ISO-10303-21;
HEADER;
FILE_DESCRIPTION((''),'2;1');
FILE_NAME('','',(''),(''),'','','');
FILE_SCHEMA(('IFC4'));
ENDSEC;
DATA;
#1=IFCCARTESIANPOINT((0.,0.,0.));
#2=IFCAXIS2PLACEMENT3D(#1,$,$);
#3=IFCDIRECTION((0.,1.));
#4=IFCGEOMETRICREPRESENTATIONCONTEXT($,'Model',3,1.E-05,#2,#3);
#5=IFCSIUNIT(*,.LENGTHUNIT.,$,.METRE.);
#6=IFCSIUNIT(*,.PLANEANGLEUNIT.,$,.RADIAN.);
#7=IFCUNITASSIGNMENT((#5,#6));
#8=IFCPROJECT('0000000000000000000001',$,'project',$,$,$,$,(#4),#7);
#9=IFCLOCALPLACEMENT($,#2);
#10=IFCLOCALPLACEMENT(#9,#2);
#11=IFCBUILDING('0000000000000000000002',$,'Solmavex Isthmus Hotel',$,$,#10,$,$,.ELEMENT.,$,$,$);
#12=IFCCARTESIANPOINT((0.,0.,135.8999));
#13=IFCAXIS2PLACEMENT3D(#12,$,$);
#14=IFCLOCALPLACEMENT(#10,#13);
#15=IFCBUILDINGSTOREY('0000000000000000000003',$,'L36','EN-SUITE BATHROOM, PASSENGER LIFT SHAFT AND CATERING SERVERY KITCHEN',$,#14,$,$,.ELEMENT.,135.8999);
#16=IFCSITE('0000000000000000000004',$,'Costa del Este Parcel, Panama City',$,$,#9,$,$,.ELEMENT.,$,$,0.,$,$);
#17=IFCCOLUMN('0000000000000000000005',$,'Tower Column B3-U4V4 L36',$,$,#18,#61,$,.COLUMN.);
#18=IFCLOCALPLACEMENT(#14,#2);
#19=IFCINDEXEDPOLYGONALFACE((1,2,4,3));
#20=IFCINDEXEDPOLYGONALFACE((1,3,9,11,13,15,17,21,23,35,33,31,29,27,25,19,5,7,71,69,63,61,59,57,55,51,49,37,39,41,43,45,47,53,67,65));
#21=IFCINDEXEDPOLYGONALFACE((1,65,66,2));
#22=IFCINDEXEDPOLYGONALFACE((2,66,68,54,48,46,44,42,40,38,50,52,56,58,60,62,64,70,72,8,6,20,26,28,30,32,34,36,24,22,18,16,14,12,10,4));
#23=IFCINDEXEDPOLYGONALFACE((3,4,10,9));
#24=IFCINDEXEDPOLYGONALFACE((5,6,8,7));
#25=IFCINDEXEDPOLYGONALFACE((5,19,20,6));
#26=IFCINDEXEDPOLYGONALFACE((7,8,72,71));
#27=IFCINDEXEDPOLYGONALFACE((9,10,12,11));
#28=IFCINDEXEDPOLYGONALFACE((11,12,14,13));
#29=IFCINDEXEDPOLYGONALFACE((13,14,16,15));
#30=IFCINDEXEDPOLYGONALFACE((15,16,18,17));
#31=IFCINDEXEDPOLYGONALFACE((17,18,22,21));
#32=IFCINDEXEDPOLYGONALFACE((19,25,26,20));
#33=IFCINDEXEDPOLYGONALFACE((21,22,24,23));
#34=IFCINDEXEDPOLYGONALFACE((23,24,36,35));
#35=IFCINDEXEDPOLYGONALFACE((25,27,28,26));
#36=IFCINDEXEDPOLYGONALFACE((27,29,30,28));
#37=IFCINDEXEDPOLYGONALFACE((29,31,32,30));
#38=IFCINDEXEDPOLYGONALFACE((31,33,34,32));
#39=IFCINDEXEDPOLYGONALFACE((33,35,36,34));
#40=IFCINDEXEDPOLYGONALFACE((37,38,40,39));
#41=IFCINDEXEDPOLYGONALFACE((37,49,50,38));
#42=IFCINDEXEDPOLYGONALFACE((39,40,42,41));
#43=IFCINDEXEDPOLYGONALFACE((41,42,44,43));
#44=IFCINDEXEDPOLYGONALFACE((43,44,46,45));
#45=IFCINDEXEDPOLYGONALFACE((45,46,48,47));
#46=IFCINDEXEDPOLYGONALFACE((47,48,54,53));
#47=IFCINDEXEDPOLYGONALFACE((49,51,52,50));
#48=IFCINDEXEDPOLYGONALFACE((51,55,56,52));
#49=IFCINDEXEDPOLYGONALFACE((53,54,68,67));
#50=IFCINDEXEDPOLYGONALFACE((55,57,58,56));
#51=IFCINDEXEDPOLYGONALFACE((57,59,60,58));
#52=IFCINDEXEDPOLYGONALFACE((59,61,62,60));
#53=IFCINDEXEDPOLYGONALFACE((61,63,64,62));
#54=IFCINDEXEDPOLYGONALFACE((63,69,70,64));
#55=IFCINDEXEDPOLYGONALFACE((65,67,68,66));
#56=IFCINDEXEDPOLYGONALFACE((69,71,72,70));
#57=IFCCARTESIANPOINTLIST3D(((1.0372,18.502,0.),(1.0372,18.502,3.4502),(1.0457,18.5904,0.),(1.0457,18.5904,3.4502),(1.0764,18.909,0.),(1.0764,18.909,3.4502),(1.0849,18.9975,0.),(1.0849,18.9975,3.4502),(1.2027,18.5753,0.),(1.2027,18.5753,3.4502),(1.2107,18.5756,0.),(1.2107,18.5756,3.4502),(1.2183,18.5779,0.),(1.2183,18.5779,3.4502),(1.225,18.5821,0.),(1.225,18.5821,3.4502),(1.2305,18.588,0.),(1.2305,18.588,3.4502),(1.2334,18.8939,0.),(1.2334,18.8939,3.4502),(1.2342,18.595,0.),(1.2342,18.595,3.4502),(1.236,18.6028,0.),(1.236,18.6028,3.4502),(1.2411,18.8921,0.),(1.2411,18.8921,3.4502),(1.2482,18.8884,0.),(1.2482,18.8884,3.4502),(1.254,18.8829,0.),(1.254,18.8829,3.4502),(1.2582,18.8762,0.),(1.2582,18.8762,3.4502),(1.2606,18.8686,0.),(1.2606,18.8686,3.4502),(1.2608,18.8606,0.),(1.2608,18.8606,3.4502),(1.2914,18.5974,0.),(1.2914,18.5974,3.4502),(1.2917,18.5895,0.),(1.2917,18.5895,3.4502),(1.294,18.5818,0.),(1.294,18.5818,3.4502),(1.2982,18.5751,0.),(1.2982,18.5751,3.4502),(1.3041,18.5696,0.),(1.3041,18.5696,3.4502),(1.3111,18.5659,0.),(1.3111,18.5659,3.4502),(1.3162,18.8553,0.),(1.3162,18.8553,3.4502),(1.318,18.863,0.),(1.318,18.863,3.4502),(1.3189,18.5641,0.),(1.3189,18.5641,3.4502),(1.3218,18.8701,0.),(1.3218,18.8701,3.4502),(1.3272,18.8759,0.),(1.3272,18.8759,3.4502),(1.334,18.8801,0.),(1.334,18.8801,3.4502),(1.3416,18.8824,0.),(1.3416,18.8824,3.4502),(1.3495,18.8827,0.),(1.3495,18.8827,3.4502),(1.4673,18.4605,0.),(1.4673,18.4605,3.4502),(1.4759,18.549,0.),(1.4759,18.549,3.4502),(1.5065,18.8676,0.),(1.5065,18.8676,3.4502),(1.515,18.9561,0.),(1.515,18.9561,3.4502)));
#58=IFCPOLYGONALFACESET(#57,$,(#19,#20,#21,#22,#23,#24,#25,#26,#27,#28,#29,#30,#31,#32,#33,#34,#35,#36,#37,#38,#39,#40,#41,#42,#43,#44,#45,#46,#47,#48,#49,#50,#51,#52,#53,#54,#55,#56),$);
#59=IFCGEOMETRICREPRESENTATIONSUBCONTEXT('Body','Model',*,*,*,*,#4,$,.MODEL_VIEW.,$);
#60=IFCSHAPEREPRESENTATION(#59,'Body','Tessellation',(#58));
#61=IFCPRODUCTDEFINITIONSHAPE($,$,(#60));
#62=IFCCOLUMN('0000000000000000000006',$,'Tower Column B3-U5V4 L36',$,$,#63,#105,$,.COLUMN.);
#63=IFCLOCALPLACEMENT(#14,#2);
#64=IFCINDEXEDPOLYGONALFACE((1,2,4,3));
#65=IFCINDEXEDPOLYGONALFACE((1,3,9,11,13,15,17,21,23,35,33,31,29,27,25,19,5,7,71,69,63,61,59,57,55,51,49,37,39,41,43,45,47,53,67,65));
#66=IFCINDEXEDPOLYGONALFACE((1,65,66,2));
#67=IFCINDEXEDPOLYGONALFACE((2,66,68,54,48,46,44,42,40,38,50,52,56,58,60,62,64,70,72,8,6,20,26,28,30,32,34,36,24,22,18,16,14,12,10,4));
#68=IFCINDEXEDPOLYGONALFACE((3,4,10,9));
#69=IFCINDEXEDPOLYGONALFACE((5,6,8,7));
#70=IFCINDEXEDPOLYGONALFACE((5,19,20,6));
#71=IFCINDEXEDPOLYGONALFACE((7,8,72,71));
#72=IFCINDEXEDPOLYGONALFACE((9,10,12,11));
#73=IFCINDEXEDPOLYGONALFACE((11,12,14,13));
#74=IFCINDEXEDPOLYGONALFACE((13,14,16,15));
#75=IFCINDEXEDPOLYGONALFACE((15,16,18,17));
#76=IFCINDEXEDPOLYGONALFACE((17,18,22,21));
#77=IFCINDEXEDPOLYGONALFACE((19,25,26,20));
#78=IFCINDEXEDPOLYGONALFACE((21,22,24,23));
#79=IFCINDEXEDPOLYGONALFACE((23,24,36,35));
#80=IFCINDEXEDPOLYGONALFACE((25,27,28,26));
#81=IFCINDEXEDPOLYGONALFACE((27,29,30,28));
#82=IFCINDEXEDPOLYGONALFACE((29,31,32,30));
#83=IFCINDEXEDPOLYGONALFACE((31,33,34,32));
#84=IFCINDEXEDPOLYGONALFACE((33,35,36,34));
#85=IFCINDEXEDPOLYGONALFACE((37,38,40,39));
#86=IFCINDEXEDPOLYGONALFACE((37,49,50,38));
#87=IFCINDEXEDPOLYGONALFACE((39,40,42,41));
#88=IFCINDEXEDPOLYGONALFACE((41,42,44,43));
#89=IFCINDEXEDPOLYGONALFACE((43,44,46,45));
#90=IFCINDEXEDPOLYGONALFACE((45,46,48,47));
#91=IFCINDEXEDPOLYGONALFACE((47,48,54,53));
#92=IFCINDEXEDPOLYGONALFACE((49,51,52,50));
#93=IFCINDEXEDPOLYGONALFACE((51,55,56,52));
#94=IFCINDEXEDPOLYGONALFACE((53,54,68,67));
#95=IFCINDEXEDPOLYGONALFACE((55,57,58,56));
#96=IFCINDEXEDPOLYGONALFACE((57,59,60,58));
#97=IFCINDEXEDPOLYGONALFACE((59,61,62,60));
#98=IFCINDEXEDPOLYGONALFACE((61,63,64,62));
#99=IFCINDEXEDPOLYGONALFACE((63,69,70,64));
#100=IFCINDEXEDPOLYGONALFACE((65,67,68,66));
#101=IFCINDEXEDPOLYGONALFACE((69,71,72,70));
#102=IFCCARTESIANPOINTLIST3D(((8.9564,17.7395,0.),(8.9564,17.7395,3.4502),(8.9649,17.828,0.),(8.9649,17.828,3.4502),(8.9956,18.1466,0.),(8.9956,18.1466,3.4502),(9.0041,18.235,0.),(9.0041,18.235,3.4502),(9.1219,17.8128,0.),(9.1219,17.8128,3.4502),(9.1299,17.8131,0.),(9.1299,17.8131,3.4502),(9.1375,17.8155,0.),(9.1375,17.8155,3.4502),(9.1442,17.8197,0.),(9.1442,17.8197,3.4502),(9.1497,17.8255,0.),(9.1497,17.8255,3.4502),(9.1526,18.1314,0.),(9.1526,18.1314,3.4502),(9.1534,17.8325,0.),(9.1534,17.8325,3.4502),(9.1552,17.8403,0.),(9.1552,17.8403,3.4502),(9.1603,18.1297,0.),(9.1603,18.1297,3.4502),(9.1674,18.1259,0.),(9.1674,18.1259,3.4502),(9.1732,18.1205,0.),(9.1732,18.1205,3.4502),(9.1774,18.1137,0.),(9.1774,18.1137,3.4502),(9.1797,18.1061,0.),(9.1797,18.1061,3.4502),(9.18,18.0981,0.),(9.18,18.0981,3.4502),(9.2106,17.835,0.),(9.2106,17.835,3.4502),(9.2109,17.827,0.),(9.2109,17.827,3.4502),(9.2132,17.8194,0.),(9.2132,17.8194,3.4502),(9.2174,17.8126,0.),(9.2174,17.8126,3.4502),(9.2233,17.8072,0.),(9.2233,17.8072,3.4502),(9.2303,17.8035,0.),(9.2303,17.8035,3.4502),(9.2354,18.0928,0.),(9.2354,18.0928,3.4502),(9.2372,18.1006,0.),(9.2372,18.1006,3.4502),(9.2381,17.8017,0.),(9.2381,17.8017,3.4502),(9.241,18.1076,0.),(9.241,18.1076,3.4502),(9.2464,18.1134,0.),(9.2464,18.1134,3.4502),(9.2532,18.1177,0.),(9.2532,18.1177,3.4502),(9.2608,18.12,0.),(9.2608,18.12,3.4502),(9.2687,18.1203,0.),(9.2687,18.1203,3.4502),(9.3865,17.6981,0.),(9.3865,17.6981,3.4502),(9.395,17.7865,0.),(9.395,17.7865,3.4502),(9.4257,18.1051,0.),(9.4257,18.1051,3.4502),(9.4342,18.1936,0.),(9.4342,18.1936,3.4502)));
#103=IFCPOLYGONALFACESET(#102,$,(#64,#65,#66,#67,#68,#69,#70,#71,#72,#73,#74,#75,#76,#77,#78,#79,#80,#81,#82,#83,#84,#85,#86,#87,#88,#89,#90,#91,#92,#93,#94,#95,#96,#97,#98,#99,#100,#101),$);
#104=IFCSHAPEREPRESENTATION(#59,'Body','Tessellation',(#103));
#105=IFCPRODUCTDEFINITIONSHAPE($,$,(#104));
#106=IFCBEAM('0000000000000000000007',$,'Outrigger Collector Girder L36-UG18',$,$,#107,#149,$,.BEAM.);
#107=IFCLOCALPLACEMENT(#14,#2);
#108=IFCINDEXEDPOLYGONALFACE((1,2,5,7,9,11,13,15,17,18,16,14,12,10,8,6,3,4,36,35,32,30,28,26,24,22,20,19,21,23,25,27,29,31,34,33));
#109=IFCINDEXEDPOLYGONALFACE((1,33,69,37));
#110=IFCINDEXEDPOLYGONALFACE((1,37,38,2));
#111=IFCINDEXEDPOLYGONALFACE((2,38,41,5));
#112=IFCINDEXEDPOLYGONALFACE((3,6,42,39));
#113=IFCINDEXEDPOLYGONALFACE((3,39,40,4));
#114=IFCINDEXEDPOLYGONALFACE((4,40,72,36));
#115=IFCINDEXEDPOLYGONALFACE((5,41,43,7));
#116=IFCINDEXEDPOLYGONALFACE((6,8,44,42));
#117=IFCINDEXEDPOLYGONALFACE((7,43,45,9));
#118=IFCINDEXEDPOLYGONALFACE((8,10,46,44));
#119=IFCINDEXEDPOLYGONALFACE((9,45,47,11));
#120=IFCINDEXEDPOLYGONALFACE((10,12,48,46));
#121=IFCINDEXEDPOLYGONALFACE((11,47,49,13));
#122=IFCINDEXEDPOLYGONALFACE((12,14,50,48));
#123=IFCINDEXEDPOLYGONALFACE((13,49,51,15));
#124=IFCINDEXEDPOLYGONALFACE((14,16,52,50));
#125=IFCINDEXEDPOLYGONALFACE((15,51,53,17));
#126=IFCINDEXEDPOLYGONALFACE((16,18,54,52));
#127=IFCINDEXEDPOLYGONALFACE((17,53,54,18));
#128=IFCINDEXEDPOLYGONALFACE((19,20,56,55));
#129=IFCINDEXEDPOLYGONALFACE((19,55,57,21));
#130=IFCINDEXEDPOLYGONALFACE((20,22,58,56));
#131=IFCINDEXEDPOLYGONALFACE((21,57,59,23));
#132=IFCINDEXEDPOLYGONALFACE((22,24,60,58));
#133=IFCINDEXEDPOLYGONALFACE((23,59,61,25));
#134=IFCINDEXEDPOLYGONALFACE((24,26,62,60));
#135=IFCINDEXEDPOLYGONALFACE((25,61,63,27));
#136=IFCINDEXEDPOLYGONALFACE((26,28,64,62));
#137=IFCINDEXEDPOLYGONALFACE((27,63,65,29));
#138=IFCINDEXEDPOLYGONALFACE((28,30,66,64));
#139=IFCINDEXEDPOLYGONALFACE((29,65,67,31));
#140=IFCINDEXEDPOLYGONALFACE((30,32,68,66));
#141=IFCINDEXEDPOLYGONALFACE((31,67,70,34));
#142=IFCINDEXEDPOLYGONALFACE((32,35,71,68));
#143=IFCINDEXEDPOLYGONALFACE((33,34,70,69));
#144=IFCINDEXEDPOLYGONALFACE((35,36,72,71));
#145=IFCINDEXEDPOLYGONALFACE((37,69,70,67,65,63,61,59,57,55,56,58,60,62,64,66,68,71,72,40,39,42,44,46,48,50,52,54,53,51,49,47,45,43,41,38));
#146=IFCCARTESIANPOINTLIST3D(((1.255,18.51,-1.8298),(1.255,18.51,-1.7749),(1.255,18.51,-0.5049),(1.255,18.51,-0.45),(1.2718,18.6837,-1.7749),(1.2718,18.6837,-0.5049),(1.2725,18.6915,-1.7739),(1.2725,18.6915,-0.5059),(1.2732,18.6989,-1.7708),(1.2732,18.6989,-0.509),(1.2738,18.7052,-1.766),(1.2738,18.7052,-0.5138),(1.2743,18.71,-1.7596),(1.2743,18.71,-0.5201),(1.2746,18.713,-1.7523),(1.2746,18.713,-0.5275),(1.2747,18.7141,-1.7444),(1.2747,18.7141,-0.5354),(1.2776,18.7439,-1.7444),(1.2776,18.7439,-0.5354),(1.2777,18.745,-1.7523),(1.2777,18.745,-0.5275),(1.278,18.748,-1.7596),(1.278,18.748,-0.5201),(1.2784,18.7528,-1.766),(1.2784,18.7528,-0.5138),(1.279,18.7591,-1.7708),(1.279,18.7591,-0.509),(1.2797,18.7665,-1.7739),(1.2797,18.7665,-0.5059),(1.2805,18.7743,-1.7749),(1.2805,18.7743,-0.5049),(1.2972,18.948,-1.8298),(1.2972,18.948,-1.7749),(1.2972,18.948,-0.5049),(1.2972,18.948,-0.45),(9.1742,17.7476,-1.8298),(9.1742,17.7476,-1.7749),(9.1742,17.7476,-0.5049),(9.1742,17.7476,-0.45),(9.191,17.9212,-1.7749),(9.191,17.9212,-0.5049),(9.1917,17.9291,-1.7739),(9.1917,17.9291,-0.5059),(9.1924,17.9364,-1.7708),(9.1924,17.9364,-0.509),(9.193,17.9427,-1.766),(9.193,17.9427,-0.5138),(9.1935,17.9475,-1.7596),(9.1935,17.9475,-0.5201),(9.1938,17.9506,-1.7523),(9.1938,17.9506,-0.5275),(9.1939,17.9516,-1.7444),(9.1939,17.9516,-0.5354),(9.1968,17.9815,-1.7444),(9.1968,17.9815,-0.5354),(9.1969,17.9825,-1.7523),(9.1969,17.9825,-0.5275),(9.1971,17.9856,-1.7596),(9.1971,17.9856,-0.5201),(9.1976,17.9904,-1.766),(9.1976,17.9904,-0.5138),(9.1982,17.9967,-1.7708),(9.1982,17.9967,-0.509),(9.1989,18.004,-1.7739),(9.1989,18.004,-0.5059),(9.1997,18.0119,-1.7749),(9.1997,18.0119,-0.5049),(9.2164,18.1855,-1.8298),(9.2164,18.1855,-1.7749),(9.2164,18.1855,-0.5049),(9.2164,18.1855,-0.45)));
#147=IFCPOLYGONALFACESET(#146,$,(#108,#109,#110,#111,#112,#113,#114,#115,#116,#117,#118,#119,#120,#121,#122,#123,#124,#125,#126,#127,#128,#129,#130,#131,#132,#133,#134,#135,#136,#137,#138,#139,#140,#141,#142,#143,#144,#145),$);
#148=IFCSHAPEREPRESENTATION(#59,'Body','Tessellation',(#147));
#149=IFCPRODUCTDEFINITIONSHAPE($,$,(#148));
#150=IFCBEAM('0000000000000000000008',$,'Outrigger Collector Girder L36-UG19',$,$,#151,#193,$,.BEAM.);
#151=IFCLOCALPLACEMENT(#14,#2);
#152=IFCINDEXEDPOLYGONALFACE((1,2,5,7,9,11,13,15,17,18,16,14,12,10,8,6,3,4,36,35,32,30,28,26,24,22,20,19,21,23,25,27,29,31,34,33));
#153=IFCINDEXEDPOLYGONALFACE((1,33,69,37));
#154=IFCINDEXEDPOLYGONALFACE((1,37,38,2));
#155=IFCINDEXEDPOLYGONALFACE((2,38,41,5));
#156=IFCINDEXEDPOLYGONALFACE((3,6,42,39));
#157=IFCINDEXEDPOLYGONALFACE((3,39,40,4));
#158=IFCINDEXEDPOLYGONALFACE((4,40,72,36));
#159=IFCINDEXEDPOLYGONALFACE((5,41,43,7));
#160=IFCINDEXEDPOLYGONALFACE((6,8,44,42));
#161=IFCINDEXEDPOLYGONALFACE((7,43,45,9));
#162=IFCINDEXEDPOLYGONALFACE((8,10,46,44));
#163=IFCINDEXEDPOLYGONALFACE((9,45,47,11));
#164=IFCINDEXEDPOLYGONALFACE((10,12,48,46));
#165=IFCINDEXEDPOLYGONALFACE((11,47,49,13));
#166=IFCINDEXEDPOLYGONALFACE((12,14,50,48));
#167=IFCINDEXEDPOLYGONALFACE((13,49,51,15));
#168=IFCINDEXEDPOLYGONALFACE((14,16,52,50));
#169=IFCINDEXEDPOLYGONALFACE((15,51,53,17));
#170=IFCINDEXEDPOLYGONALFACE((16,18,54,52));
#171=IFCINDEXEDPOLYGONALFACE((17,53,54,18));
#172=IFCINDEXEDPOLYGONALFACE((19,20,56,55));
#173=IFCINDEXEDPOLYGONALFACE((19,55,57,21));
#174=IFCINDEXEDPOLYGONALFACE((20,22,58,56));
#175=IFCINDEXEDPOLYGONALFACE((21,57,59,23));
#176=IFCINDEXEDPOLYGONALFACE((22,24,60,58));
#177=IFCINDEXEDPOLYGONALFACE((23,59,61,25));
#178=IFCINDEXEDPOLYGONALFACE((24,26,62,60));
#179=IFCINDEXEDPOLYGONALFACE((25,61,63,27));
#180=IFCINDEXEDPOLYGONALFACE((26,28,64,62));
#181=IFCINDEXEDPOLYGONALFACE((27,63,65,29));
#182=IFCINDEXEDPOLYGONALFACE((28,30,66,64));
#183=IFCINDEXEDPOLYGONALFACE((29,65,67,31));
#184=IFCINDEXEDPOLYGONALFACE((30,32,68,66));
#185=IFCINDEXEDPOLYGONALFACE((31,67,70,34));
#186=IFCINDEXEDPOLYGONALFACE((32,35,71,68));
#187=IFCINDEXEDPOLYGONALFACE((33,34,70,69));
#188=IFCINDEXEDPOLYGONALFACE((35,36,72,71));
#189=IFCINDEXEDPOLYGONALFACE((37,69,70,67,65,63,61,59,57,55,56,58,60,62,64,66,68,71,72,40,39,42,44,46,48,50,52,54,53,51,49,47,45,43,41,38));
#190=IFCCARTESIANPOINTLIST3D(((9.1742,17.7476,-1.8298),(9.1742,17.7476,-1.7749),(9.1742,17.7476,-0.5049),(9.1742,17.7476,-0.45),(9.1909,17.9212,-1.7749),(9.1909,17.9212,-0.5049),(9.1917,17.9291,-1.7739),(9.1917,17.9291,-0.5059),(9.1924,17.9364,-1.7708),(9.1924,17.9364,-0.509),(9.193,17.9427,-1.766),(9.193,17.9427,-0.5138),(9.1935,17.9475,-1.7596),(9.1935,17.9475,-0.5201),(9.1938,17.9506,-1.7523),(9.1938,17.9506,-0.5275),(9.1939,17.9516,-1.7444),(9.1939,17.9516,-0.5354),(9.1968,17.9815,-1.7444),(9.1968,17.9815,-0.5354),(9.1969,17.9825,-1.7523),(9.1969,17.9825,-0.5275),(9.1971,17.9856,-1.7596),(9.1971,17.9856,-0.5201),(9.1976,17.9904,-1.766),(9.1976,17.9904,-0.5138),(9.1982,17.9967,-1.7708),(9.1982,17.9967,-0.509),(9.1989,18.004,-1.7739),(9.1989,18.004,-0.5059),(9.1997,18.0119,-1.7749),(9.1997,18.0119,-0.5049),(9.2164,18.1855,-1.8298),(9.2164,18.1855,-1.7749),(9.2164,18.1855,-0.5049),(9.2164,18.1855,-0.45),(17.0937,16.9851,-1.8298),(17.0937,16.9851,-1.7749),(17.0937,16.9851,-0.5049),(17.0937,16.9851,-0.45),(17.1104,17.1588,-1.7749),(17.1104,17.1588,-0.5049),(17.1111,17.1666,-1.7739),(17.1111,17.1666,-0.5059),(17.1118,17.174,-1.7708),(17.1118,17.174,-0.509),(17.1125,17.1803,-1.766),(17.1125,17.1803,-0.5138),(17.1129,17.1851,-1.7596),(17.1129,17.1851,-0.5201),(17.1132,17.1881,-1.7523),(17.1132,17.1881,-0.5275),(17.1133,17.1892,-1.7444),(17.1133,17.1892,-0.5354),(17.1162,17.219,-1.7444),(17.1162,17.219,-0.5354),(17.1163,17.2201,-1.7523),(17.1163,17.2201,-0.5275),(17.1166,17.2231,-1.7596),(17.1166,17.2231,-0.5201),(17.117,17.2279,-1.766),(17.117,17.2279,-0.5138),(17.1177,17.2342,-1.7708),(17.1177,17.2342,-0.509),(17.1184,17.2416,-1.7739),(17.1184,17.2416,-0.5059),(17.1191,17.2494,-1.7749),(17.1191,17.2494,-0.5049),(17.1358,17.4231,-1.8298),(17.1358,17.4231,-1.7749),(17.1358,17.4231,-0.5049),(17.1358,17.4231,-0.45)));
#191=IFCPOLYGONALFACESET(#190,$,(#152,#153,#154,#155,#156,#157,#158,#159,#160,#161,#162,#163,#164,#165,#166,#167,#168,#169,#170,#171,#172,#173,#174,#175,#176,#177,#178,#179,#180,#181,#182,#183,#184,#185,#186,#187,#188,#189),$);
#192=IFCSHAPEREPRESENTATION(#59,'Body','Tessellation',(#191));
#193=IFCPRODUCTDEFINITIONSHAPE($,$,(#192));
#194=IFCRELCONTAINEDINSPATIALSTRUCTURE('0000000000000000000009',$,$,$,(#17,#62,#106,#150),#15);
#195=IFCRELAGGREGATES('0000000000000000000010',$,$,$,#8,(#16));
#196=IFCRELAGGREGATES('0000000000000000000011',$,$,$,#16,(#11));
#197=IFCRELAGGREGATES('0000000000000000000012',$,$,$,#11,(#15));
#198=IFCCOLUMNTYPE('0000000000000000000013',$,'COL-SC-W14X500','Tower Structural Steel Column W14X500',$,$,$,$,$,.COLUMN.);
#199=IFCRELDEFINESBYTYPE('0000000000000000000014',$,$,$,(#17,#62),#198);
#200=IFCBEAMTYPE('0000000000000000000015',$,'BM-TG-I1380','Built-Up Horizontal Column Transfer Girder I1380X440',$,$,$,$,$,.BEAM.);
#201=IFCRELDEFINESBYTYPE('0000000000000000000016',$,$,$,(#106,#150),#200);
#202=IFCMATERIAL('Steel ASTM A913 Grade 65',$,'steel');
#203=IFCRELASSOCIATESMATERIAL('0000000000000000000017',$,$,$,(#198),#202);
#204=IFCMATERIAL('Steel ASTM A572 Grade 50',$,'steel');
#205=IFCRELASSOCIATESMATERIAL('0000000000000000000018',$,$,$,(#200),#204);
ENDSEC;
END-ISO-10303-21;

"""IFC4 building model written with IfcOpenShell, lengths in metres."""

from ifc_helpers import new_model, si_unit, direction, frame, origin, origin_2d, place, context, subcontext, project, spatial, i_section, extrude, material, material_profile, profile_set, type_object, element, save


model = new_model("IFC4")

# Units and contexts
model_context = context("Model", 3, precision=1e-05, world=origin(), true_north=direction((0.0, 1.0)))
body_context = subcontext(model_context, "Body", "Model", "MODEL_VIEW")
ifc_project = project(units=[si_unit("LENGTHUNIT", "METRE"), si_unit("PLANEANGLEUNIT", "RADIAN")], contexts=[model_context])

# Site, building, storey
site_placement = place(None, origin())
site = spatial("IfcSite", under=ifc_project, at=site_placement, Name="Costa del Este Parcel, Panama City", CompositionType="ELEMENT", RefElevation=0.0)
building_placement = place(site_placement, origin())
building = spatial("IfcBuilding", under=site, at=building_placement, Name="Solmavex Isthmus Hotel", CompositionType="ELEMENT")
storey_placement = place(building_placement, frame((0.0, 0.0, 135.8999)))
storey = spatial("IfcBuildingStorey", under=building, at=storey_placement, Name="L36", Description="EN-SUITE BATHROOM, PASSENGER LIFT SHAFT AND CATERING SERVERY KITCHEN", CompositionType="ELEMENT", Elevation=135.8999)

# Columns
ifc_material_1 = material(Name="Steel ASTM A913 Grade 65", Category="steel")
ifc_material_profile_1 = material_profile(ifc_material_1, i_section(OverallWidth=0.4321, OverallDepth=0.4978, WebThickness=0.0557, FlangeThickness=0.0889, FilletRadius=0.0305, at=origin_2d()), Name="W14X500")
ifc_profile_set_1 = profile_set([ifc_material_profile_1], Name="Steel ASTM A913 Grade 65")
column_type = type_object("IfcColumnType", Name="COL-SC-W14X500", Description="Tower Structural Steel Column W14X500", PredefinedType="COLUMN", material=ifc_profile_set_1)
for number, where, z_axis, x_axis, name in (
    (1, (1.2761, 18.729, 0.0), (0.0, 0.0, 1.0), (0.995396, -0.095846, 0.0), "Tower Column B3-U4V4 L36"),
    (2, (9.1953, 17.9666, 0.0), (0.0, 0.0, 1.0), (0.995396, -0.095846, 0.0), "Tower Column B3-U5V4 L36"),
):
    element("IfcColumn", number, at=place(storey_placement, frame(where, z_axis=z_axis, x_axis=x_axis)), inside=storey, type_object=column_type, Name=name, PredefinedType="COLUMN", context=body_context, shape_type="SweptSolid", body=[
        extrude(i_section(OverallWidth=0.4321, OverallDepth=0.4978, WebThickness=0.0557, FlangeThickness=0.0889, FilletRadius=0.0305, at=origin_2d()), origin(), (0.0, 0.0, 1.0), 3.4502),
    ])

# Beams
ifc_material_2 = material(Name="Steel ASTM A572 Grade 50", Category="steel")
ifc_material_profile_2 = material_profile(ifc_material_2, i_section(OverallWidth=0.4399, OverallDepth=1.3799, WebThickness=0.03, FlangeThickness=0.0549, FilletRadius=0.0305, at=origin_2d()), Name="I1380X440")
ifc_profile_set_2 = profile_set([ifc_material_profile_2], Name="Steel ASTM A572 Grade 50")
beam_type = type_object("IfcBeamType", Name="BM-TG-I1380", Description="Built-Up Horizontal Column Transfer Girder I1380X440", PredefinedType="BEAM", material=ifc_profile_set_2)
beam_1_placement = place(storey_placement, frame((1.2761, 18.729, -1.1399), z_axis=(0.995397, -0.095836, 0.0), x_axis=(0.095836, 0.995397, 0.0)))
element("IfcBeam", 3, at=beam_1_placement, inside=storey, type_object=beam_type, Name="Outrigger Collector Girder L36-UG18", PredefinedType="BEAM", context=body_context, shape_type="SweptSolid", body=[
    extrude(i_section(OverallWidth=0.4399, OverallDepth=1.3799, WebThickness=0.03, FlangeThickness=0.0549, FilletRadius=0.0305, at=origin_2d()), origin(), (0.0, 0.0, 1.0), 7.9558),
])
beam_2_placement = place(storey_placement, frame((9.1953, 17.9666, -1.1399), z_axis=(0.995397, -0.095833, 0.0), x_axis=(0.095833, 0.995397, 0.0)))
element("IfcBeam", 4, at=beam_2_placement, inside=storey, type_object=beam_type, Name="Outrigger Collector Girder L36-UG19", PredefinedType="BEAM", context=body_context, shape_type="SweptSolid", body=[
    extrude(i_section(OverallWidth=0.4399, OverallDepth=1.3799, WebThickness=0.03, FlangeThickness=0.0549, FilletRadius=0.0305, at=origin_2d()), origin(), (0.0, 0.0, 1.0), 7.9561),
])

save(model, "model.ifc")
